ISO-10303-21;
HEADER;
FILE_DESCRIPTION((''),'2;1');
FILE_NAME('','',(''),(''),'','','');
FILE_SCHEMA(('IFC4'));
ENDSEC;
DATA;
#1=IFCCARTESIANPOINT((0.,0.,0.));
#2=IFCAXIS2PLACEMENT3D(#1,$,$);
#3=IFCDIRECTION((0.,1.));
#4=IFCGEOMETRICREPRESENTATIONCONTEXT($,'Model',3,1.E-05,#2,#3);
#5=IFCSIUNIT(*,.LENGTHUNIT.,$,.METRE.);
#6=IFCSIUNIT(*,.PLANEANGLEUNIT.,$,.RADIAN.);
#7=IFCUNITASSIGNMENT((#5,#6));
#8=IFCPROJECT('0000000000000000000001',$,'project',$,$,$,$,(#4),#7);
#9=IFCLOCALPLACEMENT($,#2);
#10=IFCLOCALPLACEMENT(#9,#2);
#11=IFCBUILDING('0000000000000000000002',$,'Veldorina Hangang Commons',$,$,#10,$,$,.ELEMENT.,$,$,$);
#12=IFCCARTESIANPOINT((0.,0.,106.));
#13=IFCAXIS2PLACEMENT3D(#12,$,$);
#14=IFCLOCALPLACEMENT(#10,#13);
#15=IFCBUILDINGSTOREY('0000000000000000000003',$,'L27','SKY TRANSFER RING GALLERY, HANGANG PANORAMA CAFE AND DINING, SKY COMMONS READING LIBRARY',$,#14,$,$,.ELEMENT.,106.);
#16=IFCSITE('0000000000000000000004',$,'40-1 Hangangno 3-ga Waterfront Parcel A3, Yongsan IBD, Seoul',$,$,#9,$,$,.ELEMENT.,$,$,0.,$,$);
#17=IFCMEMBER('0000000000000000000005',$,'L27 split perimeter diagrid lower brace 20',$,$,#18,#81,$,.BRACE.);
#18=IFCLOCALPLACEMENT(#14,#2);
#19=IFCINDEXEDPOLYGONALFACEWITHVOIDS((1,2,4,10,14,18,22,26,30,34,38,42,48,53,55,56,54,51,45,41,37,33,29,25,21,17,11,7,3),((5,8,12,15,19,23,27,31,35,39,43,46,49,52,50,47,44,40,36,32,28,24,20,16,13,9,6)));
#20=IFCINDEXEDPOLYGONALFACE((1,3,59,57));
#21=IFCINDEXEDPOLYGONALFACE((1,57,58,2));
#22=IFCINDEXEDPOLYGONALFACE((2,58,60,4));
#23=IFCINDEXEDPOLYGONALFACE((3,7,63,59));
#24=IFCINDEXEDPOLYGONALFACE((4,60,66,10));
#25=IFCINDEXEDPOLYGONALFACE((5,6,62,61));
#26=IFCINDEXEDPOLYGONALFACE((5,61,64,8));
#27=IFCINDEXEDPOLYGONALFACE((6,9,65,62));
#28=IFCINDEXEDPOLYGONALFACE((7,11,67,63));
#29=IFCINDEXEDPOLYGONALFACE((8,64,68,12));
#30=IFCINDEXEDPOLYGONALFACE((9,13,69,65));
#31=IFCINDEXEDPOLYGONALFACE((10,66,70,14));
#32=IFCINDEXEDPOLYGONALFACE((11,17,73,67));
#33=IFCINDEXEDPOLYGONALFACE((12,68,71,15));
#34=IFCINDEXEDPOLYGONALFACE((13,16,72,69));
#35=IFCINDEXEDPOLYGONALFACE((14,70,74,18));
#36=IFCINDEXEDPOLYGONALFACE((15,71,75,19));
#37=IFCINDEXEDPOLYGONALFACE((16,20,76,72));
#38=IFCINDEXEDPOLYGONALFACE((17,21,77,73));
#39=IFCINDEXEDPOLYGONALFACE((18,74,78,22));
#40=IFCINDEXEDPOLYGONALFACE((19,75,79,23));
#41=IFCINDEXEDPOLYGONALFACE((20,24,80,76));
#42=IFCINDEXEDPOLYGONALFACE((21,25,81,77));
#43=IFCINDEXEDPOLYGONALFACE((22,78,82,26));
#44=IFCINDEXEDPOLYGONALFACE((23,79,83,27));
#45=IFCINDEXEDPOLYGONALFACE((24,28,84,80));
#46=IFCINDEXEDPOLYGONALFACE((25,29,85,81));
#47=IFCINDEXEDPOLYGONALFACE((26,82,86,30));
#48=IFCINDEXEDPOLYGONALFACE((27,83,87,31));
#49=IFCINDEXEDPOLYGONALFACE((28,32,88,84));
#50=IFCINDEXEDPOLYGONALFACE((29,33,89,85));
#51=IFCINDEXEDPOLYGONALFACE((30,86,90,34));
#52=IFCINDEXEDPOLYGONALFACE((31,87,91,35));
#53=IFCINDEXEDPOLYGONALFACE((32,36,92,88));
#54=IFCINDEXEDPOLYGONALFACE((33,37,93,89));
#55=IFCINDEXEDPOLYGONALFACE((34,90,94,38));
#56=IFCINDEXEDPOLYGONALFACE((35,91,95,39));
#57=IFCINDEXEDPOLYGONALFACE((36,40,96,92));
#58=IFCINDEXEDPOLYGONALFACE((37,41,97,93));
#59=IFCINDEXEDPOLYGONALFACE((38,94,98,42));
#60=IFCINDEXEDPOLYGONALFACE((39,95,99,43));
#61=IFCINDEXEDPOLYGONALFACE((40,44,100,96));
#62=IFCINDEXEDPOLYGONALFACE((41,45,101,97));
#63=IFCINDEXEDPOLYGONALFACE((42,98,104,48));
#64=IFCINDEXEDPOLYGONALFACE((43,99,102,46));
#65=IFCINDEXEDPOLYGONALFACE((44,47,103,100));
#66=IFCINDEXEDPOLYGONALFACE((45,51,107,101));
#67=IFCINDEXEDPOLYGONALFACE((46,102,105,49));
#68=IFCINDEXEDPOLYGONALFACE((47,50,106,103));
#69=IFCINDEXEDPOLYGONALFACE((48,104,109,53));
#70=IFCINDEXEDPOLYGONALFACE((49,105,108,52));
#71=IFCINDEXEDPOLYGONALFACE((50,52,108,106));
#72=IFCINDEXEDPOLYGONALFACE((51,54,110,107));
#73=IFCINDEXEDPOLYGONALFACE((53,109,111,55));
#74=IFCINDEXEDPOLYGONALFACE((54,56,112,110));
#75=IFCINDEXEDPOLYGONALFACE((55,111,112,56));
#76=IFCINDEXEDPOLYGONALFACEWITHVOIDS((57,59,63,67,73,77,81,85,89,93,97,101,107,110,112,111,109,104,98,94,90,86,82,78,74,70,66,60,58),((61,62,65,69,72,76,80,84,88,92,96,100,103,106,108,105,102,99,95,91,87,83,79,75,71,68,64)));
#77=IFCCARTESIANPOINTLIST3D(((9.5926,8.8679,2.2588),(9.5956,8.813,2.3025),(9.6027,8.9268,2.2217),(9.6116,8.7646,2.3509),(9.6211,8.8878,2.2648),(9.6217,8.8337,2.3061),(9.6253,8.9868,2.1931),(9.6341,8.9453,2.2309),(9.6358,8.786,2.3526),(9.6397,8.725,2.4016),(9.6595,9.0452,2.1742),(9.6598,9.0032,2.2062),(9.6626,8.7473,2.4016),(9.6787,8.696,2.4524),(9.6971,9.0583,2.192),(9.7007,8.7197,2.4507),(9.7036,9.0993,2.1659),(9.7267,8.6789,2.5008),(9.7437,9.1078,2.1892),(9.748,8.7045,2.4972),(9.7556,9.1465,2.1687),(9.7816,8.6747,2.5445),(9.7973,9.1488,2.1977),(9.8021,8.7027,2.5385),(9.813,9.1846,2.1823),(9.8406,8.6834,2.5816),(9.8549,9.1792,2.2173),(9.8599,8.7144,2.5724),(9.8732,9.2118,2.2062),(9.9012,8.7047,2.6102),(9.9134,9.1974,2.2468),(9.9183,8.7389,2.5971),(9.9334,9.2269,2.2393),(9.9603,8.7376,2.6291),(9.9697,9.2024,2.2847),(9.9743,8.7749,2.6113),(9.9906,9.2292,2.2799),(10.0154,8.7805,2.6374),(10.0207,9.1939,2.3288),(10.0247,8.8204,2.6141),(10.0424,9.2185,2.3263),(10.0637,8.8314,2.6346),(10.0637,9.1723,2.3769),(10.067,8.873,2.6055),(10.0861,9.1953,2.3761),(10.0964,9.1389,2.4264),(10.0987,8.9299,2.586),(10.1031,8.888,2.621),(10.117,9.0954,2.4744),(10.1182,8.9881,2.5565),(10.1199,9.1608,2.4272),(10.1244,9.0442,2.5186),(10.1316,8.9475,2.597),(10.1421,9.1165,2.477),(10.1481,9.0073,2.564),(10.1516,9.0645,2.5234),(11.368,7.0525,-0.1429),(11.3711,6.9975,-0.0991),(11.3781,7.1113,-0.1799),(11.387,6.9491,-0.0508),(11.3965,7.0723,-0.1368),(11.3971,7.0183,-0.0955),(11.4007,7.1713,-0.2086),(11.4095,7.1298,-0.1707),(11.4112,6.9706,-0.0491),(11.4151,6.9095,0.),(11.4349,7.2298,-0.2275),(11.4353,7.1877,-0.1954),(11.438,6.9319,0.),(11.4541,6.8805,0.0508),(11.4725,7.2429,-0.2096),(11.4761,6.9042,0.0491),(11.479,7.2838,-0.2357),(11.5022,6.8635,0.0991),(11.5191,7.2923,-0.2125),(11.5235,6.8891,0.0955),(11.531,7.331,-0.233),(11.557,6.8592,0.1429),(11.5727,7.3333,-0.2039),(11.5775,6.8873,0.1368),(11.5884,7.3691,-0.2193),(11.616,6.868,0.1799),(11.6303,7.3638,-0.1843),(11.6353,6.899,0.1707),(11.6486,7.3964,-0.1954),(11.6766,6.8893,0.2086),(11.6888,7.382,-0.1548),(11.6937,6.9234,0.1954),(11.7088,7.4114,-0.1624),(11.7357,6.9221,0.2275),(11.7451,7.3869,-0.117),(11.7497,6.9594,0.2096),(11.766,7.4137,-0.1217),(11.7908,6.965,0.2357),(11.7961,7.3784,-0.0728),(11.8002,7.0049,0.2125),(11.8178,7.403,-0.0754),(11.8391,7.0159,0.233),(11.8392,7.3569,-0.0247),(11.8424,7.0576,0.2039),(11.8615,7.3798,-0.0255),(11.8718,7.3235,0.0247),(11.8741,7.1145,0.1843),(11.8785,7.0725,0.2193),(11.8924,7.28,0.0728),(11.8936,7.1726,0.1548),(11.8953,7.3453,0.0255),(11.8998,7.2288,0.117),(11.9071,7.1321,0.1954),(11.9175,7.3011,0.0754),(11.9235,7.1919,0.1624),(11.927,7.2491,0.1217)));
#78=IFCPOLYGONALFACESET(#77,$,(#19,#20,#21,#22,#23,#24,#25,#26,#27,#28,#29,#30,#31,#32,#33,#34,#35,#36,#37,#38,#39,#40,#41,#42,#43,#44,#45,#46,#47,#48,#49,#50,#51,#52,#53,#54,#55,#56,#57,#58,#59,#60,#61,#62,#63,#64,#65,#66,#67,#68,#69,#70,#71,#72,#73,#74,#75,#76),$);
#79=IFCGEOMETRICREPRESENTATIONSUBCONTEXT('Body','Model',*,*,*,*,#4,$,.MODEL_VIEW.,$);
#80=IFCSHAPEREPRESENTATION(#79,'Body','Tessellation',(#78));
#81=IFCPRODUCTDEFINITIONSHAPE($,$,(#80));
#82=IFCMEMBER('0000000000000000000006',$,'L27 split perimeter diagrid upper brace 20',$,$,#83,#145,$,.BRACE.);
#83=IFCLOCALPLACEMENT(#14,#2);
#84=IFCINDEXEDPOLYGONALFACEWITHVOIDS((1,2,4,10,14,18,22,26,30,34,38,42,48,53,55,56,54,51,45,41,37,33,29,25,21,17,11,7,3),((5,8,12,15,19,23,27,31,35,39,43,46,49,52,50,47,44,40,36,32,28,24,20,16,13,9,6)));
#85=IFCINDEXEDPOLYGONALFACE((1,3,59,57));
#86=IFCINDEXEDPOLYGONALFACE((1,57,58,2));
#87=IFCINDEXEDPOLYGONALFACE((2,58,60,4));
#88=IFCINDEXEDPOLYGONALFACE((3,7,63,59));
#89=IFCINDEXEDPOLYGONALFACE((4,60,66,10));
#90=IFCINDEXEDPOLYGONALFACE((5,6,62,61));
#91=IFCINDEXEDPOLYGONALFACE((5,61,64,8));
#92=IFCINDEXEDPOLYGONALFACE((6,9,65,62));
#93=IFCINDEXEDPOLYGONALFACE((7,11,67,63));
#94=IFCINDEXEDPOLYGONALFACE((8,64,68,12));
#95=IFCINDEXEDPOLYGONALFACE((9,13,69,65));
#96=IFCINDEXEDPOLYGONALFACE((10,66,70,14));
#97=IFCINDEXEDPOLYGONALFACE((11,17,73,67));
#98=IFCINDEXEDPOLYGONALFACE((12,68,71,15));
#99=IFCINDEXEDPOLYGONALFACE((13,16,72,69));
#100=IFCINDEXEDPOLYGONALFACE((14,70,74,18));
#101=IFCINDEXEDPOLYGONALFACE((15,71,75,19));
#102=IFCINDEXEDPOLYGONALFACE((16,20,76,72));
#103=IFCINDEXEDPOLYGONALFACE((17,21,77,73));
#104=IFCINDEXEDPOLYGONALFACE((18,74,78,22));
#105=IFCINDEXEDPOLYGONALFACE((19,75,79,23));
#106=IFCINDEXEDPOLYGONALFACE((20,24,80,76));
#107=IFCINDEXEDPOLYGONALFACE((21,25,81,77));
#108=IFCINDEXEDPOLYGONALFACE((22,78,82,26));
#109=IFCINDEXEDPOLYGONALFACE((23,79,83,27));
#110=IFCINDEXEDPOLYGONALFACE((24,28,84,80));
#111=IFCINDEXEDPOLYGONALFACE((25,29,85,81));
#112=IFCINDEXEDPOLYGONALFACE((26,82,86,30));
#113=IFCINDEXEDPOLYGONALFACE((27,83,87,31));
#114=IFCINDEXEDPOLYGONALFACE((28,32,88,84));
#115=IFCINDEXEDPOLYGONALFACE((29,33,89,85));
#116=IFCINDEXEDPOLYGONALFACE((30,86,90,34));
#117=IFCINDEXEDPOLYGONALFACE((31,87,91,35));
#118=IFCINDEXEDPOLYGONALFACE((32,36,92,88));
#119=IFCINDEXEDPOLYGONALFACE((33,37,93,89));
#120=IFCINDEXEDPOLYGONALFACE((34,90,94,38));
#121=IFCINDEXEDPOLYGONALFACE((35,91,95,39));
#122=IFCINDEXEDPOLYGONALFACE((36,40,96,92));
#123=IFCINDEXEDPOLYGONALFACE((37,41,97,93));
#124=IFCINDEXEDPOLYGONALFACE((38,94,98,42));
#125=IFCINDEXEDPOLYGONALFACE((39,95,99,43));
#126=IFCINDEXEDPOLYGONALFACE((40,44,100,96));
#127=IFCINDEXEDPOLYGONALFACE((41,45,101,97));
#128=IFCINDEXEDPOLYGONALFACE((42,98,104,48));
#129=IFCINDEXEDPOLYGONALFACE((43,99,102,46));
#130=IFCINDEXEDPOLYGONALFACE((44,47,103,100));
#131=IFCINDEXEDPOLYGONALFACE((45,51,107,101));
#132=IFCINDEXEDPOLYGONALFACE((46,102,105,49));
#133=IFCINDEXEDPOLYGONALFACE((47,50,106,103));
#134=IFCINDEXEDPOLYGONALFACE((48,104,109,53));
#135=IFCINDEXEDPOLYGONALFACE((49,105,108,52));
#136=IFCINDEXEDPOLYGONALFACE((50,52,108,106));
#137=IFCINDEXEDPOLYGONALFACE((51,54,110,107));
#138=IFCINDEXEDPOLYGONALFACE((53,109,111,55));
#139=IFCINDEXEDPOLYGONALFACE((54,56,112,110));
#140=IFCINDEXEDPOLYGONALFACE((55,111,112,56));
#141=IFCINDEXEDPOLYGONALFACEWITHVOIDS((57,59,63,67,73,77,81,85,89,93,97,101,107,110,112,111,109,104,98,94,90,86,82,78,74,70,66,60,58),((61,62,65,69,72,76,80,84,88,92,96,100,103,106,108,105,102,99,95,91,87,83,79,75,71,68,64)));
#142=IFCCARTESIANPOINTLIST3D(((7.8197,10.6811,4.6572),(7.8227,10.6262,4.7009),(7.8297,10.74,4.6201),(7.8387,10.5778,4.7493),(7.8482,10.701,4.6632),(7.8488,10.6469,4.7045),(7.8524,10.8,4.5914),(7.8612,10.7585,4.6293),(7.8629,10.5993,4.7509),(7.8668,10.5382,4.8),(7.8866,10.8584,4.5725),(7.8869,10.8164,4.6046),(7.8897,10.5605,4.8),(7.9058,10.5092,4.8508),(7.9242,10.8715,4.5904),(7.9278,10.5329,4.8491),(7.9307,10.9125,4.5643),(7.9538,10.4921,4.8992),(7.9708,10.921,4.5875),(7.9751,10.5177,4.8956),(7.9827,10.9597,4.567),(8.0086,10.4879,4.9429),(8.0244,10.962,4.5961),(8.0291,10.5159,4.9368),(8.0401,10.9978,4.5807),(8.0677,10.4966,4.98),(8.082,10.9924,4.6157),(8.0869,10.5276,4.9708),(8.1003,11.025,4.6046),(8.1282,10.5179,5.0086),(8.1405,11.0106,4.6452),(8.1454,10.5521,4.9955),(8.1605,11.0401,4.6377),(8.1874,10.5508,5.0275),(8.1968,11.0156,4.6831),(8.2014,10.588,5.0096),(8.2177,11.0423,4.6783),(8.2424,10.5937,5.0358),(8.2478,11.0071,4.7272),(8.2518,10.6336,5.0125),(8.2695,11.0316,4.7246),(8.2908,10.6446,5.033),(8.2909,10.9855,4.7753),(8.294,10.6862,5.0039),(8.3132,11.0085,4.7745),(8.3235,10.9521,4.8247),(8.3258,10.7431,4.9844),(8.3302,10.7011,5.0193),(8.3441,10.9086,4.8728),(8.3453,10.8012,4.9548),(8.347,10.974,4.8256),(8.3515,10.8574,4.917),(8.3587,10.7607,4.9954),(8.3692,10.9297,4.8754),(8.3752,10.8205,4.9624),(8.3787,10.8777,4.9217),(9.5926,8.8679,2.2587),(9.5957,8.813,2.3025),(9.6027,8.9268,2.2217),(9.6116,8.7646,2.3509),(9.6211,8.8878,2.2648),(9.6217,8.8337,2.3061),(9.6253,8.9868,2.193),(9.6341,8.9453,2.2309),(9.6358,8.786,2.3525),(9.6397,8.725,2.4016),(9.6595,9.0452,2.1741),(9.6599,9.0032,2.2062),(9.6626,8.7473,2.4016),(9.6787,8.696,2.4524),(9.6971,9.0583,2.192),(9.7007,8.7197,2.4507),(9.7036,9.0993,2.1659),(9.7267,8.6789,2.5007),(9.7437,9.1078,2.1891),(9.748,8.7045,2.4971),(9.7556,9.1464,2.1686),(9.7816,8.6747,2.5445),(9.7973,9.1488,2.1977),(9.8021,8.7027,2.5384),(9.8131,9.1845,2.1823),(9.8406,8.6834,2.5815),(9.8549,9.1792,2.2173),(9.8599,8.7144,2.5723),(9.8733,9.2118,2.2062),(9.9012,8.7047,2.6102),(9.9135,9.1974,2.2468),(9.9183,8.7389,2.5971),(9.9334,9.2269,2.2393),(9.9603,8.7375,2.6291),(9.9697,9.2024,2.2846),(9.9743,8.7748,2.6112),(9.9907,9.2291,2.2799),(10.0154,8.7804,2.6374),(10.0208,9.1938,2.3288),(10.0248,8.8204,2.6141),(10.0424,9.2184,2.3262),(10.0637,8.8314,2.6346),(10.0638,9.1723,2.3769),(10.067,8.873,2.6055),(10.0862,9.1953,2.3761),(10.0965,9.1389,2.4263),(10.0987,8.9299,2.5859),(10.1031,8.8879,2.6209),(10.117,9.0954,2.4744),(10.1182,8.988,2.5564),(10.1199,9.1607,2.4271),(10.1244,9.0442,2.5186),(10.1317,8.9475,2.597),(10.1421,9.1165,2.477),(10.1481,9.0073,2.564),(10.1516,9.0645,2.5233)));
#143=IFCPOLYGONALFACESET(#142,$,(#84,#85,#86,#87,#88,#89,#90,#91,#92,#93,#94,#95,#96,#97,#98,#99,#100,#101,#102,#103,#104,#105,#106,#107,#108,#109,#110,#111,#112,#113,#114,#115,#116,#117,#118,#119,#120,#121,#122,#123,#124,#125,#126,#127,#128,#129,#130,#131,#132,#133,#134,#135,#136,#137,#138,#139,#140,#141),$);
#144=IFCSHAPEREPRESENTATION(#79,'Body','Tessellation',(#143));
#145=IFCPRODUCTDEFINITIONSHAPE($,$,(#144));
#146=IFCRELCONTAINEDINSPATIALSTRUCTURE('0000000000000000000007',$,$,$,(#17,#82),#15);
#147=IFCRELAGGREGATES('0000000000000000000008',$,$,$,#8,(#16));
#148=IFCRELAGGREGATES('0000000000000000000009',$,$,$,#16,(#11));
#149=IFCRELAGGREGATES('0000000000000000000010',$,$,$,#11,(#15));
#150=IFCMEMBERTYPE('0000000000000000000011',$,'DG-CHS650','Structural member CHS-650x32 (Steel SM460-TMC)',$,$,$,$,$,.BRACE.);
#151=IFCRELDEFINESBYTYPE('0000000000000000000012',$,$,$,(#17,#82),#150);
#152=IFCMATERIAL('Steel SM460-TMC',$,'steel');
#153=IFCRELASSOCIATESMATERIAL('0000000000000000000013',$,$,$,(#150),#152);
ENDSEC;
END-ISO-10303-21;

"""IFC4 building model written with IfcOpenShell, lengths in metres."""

from ifc_helpers import new_model, si_unit, direction, frame, origin, origin_2d, place, context, subcontext, project, spatial, hollow_circle, extrude, material, material_profile, profile_set, type_object, element, save


model = new_model("IFC4")

# Units and contexts
model_context = context("Model", 3, precision=1e-05, world=origin(), true_north=direction((0.0, 1.0)))
body_context = subcontext(model_context, "Body", "Model", "MODEL_VIEW")
ifc_project = project(units=[si_unit("LENGTHUNIT", "METRE"), si_unit("PLANEANGLEUNIT", "RADIAN")], contexts=[model_context])

# Site, building, storey
site_placement = place(None, origin())
site = spatial("IfcSite", under=ifc_project, at=site_placement, Name="40-1 Hangangno 3-ga Waterfront Parcel A3, Yongsan IBD, Seoul", CompositionType="ELEMENT", RefElevation=0.0)
building_placement = place(site_placement, origin())
building = spatial("IfcBuilding", under=site, at=building_placement, Name="Veldorina Hangang Commons", CompositionType="ELEMENT")
storey_placement = place(building_placement, frame((0.0, 0.0, 106.0)))
storey = spatial("IfcBuildingStorey", under=building, at=storey_placement, Name="L27", Description="SKY TRANSFER RING GALLERY, HANGANG PANORAMA CAFE AND DINING, SKY COMMONS READING LIBRARY", CompositionType="ELEMENT", Elevation=106.0)

# Members
ifc_material_1 = material(Name="Steel SM460-TMC", Category="steel")
ifc_material_profile_1 = material_profile(ifc_material_1, hollow_circle(Radius=0.325, WallThickness=0.032, at=origin_2d()), Name="CHS-650x32")
ifc_profile_set_1 = profile_set([ifc_material_profile_1], Name="Steel SM460-TMC")
member_type_1 = type_object("IfcMemberType", Name="DG-CHS650", Description="Structural member CHS-650x32 (Steel SM460-TMC)", PredefinedType="BRACE", material=ifc_profile_set_1)
member_1_placement = place(storey_placement, frame((11.6475, 7.1367, 0.0), z_axis=(-0.50797, 0.519425, 0.687142), x_axis=(-0.714947, -0.699179, 0.0)))
element("IfcMember", 1, at=member_1_placement, inside=storey, type_object=member_type_1, Name="L27 split perimeter diagrid lower brace 20", PredefinedType="BRACE", context=body_context, shape_type="SweptSolid", body=[
    extrude(hollow_circle(Radius=0.325, WallThickness=0.032, at=origin_2d()), origin(), (0.0, 0.0, 1.0), 3.4951),
])
member_2_placement = place(storey_placement, frame((9.8721, 8.9521, 2.4016), z_axis=(-0.507934, 0.519475, 0.687131), x_axis=(-0.715005, -0.69912, 0.0)))
element("IfcMember", 2, at=member_2_placement, inside=storey, type_object=member_type_1, Name="L27 split perimeter diagrid upper brace 20", PredefinedType="BRACE", context=body_context, shape_type="SweptSolid", body=[
    extrude(hollow_circle(Radius=0.325, WallThickness=0.032, at=origin_2d()), origin(), (0.0, 0.0, 1.0), 3.4905),
])

save(model, "model.ifc")
